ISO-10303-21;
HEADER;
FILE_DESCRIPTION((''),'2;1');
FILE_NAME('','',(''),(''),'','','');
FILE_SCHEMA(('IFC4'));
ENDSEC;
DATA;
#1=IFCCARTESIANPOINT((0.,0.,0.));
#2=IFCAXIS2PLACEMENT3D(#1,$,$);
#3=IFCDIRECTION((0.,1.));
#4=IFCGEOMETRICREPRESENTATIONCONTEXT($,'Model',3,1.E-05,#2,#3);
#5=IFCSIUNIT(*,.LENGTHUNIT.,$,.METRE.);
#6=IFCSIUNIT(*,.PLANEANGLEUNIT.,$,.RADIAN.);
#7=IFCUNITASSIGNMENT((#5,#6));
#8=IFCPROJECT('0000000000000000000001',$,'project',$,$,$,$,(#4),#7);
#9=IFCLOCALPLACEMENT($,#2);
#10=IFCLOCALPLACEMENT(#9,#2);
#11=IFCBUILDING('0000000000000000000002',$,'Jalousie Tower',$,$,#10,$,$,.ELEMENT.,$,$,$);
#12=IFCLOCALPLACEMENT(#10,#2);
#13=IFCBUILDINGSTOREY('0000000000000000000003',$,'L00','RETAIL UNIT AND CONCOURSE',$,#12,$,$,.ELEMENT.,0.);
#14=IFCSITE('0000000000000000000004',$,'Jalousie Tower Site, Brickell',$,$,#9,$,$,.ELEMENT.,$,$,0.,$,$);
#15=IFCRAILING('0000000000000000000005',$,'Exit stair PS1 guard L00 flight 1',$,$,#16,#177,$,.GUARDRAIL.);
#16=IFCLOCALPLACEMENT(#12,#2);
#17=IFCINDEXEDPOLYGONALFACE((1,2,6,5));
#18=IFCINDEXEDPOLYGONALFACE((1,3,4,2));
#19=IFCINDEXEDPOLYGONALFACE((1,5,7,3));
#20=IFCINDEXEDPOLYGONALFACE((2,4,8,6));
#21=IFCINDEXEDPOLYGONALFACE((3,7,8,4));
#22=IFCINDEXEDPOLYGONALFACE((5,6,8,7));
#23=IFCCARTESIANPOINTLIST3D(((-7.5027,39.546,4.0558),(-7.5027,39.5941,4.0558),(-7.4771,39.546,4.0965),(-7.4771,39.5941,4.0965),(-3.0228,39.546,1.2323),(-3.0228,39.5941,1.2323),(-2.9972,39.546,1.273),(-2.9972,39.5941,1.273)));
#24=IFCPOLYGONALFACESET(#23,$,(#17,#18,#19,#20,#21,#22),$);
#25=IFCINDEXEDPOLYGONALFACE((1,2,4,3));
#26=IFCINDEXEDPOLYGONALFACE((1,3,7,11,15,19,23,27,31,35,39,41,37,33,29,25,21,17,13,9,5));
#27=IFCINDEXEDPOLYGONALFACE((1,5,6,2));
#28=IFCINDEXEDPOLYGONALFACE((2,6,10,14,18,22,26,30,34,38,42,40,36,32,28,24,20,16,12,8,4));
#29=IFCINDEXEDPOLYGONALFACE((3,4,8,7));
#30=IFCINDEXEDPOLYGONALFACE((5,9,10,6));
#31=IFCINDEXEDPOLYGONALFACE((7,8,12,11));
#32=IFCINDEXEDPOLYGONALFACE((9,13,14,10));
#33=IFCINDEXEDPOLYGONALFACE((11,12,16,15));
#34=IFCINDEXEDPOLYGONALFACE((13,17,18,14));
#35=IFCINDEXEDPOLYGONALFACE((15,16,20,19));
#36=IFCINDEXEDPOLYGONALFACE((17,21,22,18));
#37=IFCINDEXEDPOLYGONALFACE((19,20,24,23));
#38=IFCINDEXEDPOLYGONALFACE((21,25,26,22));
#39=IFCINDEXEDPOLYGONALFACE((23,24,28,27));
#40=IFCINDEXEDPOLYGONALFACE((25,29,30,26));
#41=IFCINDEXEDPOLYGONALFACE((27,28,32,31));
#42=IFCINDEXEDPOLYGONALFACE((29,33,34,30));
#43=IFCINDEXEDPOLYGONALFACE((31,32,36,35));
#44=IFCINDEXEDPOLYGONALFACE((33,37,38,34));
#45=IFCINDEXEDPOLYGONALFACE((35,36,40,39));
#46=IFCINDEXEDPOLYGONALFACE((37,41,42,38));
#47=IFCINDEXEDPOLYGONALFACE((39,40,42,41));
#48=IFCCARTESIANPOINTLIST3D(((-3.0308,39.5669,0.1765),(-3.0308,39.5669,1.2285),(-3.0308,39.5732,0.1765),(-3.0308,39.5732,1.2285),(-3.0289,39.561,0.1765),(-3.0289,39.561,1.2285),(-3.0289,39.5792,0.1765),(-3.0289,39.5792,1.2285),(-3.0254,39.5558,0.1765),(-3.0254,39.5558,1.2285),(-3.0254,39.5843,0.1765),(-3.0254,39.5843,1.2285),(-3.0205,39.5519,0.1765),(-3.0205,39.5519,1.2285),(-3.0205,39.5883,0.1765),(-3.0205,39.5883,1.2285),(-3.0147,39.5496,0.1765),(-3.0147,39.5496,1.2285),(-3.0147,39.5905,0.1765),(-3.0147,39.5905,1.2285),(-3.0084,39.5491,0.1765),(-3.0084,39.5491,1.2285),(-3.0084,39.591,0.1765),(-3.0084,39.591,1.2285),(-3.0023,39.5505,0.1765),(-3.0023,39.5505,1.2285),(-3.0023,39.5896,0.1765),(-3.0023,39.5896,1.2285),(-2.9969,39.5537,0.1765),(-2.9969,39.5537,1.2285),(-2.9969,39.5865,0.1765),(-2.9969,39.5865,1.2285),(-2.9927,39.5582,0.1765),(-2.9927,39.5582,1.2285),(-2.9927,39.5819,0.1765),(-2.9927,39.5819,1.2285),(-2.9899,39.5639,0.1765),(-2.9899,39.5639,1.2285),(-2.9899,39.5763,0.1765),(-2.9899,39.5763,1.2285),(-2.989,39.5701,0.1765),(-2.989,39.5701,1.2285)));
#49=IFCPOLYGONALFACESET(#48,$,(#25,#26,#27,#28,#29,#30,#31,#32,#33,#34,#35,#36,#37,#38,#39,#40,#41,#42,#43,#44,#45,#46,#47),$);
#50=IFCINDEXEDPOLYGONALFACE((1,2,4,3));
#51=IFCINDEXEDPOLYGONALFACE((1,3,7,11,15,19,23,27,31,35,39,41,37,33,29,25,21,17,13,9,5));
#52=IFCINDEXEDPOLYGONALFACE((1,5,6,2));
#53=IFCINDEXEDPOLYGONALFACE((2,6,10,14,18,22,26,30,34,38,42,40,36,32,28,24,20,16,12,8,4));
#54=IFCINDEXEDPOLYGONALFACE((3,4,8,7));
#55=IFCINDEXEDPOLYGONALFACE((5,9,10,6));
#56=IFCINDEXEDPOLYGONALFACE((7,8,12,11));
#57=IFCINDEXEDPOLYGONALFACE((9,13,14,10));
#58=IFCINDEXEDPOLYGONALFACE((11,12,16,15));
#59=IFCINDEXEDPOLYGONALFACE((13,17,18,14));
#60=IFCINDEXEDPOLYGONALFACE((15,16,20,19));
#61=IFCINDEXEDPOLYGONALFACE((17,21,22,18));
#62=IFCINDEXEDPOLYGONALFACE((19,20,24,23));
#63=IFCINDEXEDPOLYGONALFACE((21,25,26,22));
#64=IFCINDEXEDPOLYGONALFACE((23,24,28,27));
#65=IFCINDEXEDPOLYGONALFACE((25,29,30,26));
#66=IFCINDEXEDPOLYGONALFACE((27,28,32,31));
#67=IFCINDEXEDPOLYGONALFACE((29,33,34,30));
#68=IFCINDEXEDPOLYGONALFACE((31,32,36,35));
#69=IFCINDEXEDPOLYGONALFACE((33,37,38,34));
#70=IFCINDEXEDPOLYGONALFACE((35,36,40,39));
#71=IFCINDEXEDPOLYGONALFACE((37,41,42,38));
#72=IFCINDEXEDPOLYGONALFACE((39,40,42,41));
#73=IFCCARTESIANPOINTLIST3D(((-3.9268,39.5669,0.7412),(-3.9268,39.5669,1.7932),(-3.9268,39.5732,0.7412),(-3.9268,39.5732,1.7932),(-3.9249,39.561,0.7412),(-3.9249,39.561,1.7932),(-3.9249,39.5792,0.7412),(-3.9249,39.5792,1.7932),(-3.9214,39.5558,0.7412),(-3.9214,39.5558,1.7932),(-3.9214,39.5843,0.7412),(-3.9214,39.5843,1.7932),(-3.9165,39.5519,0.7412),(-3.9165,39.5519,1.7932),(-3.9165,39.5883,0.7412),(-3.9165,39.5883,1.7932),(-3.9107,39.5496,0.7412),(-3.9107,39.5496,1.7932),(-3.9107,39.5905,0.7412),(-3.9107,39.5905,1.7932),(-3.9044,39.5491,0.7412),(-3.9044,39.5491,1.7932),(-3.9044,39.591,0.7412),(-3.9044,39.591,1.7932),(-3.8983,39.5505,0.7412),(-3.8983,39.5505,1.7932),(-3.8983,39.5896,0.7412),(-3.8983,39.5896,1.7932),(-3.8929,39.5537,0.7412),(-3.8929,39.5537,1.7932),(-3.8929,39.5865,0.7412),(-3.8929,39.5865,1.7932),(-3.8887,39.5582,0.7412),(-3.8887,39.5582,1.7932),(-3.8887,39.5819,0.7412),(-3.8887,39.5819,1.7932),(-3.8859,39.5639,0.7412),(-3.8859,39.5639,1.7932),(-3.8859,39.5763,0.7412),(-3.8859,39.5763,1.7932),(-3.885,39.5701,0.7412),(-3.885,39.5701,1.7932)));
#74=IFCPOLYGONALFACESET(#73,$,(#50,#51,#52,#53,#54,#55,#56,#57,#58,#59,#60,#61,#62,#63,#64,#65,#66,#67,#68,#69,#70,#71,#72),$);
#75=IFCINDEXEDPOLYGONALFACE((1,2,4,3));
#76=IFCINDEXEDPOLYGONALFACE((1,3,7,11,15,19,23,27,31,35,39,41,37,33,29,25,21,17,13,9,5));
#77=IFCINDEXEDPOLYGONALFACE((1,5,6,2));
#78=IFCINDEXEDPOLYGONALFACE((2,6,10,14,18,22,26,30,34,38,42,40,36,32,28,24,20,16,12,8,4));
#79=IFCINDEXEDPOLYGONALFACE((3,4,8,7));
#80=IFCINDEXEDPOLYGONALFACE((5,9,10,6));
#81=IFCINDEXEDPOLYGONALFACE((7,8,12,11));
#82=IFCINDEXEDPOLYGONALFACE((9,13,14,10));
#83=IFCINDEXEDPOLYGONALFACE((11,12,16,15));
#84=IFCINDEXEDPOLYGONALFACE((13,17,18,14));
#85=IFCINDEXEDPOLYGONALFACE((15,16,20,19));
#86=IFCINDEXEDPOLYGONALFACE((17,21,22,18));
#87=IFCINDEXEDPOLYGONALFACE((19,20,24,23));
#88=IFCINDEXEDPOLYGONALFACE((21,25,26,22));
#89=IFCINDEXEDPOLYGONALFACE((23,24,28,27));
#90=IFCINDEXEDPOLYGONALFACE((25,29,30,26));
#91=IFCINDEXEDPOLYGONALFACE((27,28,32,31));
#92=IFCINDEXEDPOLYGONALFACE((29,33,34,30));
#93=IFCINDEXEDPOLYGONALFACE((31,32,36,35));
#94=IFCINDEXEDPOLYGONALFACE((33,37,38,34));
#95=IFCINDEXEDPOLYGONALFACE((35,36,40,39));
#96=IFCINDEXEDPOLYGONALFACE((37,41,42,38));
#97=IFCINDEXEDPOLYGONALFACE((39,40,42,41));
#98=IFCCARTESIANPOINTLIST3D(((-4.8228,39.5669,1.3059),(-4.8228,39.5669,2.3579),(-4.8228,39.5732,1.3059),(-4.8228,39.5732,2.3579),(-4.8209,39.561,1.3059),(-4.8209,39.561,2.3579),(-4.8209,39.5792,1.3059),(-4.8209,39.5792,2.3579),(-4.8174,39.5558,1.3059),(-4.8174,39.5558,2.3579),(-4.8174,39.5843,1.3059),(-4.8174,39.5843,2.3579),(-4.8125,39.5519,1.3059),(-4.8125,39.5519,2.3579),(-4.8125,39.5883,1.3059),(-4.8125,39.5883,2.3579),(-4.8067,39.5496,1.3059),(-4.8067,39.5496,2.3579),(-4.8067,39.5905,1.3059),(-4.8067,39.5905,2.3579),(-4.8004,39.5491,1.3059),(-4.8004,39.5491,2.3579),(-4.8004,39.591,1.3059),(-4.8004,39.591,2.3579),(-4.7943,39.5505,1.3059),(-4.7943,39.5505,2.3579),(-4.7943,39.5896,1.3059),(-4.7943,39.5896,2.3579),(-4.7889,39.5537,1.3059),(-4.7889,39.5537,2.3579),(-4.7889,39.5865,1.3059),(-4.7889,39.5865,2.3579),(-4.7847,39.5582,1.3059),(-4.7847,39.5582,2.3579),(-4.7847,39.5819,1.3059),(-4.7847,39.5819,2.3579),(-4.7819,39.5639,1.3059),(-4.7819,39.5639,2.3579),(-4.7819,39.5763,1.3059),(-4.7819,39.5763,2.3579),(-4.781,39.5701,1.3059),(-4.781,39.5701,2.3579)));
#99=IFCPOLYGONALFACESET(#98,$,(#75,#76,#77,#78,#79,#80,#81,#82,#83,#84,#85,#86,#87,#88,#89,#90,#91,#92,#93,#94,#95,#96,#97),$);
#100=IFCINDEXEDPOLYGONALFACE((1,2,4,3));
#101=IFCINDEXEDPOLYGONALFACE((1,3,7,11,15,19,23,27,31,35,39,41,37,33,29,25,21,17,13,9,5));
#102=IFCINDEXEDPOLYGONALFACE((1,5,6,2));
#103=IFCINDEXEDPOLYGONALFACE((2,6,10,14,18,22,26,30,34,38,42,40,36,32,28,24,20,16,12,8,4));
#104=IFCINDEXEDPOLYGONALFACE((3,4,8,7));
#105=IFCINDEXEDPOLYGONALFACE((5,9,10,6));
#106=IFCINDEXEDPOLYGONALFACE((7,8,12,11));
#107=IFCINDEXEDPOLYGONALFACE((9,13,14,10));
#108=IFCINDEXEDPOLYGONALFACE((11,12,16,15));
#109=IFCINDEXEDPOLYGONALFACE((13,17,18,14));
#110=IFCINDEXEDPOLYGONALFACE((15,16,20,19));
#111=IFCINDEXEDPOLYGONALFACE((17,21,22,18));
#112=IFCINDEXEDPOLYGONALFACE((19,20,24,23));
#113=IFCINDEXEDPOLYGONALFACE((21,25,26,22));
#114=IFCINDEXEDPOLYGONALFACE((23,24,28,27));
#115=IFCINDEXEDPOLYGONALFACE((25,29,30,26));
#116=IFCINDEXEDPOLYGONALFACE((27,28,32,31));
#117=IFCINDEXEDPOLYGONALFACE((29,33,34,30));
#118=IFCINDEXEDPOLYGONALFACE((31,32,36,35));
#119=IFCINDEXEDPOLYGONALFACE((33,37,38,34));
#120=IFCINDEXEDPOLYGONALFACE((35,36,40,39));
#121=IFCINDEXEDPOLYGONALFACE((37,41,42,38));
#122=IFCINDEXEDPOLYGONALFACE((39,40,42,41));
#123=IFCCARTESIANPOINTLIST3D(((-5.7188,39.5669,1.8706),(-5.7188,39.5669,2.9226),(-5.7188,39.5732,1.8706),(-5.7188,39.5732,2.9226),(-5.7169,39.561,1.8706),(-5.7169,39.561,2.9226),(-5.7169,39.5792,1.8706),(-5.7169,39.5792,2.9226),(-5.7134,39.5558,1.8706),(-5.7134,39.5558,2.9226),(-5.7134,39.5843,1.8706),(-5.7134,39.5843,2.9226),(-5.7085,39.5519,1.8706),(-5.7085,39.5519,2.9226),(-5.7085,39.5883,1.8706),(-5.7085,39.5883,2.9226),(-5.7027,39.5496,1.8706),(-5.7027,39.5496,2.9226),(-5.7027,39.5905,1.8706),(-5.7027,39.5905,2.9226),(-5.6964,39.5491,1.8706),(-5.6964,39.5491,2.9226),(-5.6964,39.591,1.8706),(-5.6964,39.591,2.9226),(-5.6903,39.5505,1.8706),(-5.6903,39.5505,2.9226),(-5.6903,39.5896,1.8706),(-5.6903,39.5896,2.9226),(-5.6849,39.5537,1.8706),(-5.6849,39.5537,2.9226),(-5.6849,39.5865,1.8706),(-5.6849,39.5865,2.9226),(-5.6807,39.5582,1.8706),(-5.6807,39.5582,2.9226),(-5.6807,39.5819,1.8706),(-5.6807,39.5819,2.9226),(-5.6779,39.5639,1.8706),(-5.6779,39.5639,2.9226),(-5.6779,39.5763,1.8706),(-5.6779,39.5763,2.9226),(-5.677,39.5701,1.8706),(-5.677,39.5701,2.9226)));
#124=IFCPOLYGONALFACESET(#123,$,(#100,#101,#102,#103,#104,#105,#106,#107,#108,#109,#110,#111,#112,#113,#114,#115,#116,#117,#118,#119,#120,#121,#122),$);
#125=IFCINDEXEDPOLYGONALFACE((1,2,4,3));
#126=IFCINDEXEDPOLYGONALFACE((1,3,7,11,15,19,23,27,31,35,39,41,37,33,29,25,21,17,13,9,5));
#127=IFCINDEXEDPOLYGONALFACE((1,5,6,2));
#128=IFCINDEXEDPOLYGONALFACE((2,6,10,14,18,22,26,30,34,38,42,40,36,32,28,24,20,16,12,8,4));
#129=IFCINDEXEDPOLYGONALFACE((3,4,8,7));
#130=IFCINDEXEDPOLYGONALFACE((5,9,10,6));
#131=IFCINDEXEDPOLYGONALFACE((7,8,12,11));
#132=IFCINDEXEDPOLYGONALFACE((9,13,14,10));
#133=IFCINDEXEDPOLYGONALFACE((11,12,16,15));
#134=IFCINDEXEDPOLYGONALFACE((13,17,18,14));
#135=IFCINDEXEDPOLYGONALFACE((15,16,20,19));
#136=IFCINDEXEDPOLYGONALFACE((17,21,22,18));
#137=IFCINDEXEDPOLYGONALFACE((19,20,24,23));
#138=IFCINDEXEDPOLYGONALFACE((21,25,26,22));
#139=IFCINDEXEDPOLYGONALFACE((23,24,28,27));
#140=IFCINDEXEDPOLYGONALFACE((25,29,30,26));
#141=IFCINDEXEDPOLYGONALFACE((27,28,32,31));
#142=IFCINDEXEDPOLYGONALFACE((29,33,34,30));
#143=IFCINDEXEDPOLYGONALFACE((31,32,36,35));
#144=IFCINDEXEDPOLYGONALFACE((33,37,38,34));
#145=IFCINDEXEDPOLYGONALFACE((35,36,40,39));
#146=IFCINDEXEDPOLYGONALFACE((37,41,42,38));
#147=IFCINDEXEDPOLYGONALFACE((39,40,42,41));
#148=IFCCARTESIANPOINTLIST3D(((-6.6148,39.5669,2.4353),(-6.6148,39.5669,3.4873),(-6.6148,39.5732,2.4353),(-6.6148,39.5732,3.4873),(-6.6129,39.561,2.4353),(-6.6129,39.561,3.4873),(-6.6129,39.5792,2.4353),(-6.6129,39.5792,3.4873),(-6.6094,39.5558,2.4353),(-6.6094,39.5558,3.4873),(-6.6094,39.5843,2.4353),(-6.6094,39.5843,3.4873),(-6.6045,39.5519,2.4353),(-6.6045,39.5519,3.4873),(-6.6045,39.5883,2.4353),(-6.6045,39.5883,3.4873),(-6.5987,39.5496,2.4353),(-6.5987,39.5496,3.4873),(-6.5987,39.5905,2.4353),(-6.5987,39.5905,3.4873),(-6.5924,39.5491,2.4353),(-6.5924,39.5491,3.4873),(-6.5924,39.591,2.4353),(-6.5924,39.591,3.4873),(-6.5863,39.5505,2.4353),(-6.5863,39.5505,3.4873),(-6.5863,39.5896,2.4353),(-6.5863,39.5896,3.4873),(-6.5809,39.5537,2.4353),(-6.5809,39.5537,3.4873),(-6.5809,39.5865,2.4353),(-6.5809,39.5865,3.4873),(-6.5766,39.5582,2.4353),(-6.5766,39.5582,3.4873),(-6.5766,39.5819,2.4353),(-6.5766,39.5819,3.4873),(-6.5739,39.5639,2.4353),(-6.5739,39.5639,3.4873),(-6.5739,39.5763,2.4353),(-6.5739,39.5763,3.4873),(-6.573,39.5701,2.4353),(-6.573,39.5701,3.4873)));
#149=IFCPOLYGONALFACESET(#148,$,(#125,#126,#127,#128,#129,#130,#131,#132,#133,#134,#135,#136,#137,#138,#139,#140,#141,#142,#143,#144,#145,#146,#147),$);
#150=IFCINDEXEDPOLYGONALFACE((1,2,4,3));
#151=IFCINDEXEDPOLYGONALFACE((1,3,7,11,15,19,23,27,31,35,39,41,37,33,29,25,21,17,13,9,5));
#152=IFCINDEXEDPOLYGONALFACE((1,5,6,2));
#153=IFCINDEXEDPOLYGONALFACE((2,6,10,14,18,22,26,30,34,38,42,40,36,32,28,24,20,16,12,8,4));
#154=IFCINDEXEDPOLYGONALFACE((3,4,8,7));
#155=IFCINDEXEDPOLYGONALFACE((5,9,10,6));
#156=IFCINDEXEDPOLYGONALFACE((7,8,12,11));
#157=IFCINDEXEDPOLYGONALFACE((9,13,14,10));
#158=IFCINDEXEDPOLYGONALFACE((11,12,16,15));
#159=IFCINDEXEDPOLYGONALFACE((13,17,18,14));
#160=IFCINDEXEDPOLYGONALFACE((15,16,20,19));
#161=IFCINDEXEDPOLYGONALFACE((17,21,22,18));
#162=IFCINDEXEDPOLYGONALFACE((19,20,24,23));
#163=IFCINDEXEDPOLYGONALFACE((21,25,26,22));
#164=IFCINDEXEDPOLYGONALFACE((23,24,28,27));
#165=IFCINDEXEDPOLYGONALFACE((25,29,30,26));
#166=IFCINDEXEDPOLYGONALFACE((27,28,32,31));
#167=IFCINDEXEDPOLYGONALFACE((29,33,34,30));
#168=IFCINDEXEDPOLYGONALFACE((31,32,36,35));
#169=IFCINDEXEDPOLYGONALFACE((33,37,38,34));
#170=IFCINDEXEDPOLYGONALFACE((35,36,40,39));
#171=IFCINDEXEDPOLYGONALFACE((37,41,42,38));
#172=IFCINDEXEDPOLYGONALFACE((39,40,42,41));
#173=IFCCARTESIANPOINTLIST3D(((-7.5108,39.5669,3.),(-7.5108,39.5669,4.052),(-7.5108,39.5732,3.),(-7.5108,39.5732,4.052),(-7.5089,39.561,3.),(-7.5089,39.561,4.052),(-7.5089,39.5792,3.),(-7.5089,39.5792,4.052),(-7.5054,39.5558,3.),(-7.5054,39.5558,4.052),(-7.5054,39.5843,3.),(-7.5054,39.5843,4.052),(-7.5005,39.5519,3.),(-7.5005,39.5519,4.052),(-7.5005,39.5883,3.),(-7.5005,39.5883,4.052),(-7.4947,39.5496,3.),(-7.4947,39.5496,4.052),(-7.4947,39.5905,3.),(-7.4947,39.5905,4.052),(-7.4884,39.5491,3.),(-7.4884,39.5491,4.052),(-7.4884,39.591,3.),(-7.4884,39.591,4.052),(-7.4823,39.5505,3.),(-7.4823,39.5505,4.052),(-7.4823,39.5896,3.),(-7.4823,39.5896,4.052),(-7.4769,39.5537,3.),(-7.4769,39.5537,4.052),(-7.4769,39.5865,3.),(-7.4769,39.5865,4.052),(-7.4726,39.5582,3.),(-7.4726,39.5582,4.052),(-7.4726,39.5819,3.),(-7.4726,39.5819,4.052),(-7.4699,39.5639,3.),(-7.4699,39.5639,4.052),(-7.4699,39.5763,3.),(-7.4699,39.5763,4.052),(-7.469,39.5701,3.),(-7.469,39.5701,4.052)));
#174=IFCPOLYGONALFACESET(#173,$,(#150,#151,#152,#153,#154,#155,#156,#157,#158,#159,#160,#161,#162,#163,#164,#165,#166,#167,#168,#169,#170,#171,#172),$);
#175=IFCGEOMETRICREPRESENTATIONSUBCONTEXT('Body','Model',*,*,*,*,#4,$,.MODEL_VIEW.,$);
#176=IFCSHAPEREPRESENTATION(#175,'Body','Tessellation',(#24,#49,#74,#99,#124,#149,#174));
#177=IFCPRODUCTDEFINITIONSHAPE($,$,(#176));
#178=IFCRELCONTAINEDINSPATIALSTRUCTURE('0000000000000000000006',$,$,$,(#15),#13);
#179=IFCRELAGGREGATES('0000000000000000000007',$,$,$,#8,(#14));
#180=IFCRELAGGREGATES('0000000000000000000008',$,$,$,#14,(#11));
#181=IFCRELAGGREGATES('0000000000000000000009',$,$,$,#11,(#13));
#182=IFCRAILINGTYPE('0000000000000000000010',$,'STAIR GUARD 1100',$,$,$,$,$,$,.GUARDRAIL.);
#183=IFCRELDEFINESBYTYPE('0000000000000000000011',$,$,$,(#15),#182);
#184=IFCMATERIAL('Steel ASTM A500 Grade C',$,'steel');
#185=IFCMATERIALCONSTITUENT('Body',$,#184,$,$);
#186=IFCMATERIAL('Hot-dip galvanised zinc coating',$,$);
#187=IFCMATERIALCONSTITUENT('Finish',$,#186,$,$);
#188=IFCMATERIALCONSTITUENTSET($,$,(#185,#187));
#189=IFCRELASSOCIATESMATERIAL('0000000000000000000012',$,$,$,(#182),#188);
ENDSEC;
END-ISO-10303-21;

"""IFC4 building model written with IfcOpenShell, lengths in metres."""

from ifc_helpers import new_model, si_unit, direction, frame, origin, origin_2d, place, context, subcontext, project, spatial, rectangle, circle, extrude, material, constituent, constituent_set, type_object, element, save


model = new_model("IFC4")

# Units and contexts
model_context = context("Model", 3, precision=1e-05, world=origin(), true_north=direction((0.0, 1.0)))
body_context = subcontext(model_context, "Body", "Model", "MODEL_VIEW")
ifc_project = project(units=[si_unit("LENGTHUNIT", "METRE"), si_unit("PLANEANGLEUNIT", "RADIAN")], contexts=[model_context])

# Site, building, storey
site_placement = place(None, origin())
site = spatial("IfcSite", under=ifc_project, at=site_placement, Name="Jalousie Tower Site, Brickell", CompositionType="ELEMENT", RefElevation=0.0)
building_placement = place(site_placement, origin())
building = spatial("IfcBuilding", under=site, at=building_placement, Name="Jalousie Tower", CompositionType="ELEMENT")
storey_placement = place(building_placement, origin())
storey = spatial("IfcBuildingStorey", under=building, at=storey_placement, Name="L00", Description="RETAIL UNIT AND CONCOURSE", CompositionType="ELEMENT", Elevation=0.0)

# Railing
ifc_material_1 = material(Name="Steel ASTM A500 Grade C", Category="steel")
ifc_constituent_1 = constituent(ifc_material_1, Name="Body")
ifc_material_2 = material(Name="Hot-dip galvanised zinc coating")
ifc_constituent_2 = constituent(ifc_material_2, Name="Finish")
ifc_constituent_set_1 = constituent_set(constituents=[ifc_constituent_1, ifc_constituent_2])
railing_type = type_object("IfcRailingType", Name="STAIR GUARD 1100", PredefinedType="GUARDRAIL", material=ifc_constituent_set_1)
railing_placement = place(storey_placement, frame((-3.01, 39.5701, 0.1765)))
element("IfcRailing", 1, at=railing_placement, inside=storey, type_object=railing_type, Name="Exit stair PS1 guard L00 flight 1", PredefinedType="GUARDRAIL", context=body_context, shape_type="SweptSolid", body=[
    extrude(rectangle(XDim=0.0481, YDim=0.0481, at=origin_2d()), frame((0.0, 0.0, 1.0762), z_axis=(-0.845998, 0.0, 0.533186), x_axis=(0.0, -1.0, 0.0)), (0.0, 0.0, 1.0), 5.2954),
    extrude(circle(Radius=0.021, at=origin_2d()), origin(), (0.0, 0.0, 1.0), 1.052),
    extrude(circle(Radius=0.021, at=origin_2d()), frame((-0.896, 0.0, 0.5647)), (0.0, 0.0, 1.0), 1.052),
    extrude(circle(Radius=0.021, at=origin_2d()), frame((-1.792, 0.0, 1.1294)), (0.0, 0.0, 1.0), 1.052),
    extrude(circle(Radius=0.021, at=origin_2d()), frame((-2.688, 0.0, 1.6941)), (0.0, 0.0, 1.0), 1.052),
    extrude(circle(Radius=0.021, at=origin_2d()), frame((-3.584, 0.0, 2.2588)), (0.0, 0.0, 1.0), 1.052),
    extrude(circle(Radius=0.021, at=origin_2d()), frame((-4.48, 0.0, 2.8235)), (0.0, 0.0, 1.0), 1.052),
])

save(model, "model.ifc")
